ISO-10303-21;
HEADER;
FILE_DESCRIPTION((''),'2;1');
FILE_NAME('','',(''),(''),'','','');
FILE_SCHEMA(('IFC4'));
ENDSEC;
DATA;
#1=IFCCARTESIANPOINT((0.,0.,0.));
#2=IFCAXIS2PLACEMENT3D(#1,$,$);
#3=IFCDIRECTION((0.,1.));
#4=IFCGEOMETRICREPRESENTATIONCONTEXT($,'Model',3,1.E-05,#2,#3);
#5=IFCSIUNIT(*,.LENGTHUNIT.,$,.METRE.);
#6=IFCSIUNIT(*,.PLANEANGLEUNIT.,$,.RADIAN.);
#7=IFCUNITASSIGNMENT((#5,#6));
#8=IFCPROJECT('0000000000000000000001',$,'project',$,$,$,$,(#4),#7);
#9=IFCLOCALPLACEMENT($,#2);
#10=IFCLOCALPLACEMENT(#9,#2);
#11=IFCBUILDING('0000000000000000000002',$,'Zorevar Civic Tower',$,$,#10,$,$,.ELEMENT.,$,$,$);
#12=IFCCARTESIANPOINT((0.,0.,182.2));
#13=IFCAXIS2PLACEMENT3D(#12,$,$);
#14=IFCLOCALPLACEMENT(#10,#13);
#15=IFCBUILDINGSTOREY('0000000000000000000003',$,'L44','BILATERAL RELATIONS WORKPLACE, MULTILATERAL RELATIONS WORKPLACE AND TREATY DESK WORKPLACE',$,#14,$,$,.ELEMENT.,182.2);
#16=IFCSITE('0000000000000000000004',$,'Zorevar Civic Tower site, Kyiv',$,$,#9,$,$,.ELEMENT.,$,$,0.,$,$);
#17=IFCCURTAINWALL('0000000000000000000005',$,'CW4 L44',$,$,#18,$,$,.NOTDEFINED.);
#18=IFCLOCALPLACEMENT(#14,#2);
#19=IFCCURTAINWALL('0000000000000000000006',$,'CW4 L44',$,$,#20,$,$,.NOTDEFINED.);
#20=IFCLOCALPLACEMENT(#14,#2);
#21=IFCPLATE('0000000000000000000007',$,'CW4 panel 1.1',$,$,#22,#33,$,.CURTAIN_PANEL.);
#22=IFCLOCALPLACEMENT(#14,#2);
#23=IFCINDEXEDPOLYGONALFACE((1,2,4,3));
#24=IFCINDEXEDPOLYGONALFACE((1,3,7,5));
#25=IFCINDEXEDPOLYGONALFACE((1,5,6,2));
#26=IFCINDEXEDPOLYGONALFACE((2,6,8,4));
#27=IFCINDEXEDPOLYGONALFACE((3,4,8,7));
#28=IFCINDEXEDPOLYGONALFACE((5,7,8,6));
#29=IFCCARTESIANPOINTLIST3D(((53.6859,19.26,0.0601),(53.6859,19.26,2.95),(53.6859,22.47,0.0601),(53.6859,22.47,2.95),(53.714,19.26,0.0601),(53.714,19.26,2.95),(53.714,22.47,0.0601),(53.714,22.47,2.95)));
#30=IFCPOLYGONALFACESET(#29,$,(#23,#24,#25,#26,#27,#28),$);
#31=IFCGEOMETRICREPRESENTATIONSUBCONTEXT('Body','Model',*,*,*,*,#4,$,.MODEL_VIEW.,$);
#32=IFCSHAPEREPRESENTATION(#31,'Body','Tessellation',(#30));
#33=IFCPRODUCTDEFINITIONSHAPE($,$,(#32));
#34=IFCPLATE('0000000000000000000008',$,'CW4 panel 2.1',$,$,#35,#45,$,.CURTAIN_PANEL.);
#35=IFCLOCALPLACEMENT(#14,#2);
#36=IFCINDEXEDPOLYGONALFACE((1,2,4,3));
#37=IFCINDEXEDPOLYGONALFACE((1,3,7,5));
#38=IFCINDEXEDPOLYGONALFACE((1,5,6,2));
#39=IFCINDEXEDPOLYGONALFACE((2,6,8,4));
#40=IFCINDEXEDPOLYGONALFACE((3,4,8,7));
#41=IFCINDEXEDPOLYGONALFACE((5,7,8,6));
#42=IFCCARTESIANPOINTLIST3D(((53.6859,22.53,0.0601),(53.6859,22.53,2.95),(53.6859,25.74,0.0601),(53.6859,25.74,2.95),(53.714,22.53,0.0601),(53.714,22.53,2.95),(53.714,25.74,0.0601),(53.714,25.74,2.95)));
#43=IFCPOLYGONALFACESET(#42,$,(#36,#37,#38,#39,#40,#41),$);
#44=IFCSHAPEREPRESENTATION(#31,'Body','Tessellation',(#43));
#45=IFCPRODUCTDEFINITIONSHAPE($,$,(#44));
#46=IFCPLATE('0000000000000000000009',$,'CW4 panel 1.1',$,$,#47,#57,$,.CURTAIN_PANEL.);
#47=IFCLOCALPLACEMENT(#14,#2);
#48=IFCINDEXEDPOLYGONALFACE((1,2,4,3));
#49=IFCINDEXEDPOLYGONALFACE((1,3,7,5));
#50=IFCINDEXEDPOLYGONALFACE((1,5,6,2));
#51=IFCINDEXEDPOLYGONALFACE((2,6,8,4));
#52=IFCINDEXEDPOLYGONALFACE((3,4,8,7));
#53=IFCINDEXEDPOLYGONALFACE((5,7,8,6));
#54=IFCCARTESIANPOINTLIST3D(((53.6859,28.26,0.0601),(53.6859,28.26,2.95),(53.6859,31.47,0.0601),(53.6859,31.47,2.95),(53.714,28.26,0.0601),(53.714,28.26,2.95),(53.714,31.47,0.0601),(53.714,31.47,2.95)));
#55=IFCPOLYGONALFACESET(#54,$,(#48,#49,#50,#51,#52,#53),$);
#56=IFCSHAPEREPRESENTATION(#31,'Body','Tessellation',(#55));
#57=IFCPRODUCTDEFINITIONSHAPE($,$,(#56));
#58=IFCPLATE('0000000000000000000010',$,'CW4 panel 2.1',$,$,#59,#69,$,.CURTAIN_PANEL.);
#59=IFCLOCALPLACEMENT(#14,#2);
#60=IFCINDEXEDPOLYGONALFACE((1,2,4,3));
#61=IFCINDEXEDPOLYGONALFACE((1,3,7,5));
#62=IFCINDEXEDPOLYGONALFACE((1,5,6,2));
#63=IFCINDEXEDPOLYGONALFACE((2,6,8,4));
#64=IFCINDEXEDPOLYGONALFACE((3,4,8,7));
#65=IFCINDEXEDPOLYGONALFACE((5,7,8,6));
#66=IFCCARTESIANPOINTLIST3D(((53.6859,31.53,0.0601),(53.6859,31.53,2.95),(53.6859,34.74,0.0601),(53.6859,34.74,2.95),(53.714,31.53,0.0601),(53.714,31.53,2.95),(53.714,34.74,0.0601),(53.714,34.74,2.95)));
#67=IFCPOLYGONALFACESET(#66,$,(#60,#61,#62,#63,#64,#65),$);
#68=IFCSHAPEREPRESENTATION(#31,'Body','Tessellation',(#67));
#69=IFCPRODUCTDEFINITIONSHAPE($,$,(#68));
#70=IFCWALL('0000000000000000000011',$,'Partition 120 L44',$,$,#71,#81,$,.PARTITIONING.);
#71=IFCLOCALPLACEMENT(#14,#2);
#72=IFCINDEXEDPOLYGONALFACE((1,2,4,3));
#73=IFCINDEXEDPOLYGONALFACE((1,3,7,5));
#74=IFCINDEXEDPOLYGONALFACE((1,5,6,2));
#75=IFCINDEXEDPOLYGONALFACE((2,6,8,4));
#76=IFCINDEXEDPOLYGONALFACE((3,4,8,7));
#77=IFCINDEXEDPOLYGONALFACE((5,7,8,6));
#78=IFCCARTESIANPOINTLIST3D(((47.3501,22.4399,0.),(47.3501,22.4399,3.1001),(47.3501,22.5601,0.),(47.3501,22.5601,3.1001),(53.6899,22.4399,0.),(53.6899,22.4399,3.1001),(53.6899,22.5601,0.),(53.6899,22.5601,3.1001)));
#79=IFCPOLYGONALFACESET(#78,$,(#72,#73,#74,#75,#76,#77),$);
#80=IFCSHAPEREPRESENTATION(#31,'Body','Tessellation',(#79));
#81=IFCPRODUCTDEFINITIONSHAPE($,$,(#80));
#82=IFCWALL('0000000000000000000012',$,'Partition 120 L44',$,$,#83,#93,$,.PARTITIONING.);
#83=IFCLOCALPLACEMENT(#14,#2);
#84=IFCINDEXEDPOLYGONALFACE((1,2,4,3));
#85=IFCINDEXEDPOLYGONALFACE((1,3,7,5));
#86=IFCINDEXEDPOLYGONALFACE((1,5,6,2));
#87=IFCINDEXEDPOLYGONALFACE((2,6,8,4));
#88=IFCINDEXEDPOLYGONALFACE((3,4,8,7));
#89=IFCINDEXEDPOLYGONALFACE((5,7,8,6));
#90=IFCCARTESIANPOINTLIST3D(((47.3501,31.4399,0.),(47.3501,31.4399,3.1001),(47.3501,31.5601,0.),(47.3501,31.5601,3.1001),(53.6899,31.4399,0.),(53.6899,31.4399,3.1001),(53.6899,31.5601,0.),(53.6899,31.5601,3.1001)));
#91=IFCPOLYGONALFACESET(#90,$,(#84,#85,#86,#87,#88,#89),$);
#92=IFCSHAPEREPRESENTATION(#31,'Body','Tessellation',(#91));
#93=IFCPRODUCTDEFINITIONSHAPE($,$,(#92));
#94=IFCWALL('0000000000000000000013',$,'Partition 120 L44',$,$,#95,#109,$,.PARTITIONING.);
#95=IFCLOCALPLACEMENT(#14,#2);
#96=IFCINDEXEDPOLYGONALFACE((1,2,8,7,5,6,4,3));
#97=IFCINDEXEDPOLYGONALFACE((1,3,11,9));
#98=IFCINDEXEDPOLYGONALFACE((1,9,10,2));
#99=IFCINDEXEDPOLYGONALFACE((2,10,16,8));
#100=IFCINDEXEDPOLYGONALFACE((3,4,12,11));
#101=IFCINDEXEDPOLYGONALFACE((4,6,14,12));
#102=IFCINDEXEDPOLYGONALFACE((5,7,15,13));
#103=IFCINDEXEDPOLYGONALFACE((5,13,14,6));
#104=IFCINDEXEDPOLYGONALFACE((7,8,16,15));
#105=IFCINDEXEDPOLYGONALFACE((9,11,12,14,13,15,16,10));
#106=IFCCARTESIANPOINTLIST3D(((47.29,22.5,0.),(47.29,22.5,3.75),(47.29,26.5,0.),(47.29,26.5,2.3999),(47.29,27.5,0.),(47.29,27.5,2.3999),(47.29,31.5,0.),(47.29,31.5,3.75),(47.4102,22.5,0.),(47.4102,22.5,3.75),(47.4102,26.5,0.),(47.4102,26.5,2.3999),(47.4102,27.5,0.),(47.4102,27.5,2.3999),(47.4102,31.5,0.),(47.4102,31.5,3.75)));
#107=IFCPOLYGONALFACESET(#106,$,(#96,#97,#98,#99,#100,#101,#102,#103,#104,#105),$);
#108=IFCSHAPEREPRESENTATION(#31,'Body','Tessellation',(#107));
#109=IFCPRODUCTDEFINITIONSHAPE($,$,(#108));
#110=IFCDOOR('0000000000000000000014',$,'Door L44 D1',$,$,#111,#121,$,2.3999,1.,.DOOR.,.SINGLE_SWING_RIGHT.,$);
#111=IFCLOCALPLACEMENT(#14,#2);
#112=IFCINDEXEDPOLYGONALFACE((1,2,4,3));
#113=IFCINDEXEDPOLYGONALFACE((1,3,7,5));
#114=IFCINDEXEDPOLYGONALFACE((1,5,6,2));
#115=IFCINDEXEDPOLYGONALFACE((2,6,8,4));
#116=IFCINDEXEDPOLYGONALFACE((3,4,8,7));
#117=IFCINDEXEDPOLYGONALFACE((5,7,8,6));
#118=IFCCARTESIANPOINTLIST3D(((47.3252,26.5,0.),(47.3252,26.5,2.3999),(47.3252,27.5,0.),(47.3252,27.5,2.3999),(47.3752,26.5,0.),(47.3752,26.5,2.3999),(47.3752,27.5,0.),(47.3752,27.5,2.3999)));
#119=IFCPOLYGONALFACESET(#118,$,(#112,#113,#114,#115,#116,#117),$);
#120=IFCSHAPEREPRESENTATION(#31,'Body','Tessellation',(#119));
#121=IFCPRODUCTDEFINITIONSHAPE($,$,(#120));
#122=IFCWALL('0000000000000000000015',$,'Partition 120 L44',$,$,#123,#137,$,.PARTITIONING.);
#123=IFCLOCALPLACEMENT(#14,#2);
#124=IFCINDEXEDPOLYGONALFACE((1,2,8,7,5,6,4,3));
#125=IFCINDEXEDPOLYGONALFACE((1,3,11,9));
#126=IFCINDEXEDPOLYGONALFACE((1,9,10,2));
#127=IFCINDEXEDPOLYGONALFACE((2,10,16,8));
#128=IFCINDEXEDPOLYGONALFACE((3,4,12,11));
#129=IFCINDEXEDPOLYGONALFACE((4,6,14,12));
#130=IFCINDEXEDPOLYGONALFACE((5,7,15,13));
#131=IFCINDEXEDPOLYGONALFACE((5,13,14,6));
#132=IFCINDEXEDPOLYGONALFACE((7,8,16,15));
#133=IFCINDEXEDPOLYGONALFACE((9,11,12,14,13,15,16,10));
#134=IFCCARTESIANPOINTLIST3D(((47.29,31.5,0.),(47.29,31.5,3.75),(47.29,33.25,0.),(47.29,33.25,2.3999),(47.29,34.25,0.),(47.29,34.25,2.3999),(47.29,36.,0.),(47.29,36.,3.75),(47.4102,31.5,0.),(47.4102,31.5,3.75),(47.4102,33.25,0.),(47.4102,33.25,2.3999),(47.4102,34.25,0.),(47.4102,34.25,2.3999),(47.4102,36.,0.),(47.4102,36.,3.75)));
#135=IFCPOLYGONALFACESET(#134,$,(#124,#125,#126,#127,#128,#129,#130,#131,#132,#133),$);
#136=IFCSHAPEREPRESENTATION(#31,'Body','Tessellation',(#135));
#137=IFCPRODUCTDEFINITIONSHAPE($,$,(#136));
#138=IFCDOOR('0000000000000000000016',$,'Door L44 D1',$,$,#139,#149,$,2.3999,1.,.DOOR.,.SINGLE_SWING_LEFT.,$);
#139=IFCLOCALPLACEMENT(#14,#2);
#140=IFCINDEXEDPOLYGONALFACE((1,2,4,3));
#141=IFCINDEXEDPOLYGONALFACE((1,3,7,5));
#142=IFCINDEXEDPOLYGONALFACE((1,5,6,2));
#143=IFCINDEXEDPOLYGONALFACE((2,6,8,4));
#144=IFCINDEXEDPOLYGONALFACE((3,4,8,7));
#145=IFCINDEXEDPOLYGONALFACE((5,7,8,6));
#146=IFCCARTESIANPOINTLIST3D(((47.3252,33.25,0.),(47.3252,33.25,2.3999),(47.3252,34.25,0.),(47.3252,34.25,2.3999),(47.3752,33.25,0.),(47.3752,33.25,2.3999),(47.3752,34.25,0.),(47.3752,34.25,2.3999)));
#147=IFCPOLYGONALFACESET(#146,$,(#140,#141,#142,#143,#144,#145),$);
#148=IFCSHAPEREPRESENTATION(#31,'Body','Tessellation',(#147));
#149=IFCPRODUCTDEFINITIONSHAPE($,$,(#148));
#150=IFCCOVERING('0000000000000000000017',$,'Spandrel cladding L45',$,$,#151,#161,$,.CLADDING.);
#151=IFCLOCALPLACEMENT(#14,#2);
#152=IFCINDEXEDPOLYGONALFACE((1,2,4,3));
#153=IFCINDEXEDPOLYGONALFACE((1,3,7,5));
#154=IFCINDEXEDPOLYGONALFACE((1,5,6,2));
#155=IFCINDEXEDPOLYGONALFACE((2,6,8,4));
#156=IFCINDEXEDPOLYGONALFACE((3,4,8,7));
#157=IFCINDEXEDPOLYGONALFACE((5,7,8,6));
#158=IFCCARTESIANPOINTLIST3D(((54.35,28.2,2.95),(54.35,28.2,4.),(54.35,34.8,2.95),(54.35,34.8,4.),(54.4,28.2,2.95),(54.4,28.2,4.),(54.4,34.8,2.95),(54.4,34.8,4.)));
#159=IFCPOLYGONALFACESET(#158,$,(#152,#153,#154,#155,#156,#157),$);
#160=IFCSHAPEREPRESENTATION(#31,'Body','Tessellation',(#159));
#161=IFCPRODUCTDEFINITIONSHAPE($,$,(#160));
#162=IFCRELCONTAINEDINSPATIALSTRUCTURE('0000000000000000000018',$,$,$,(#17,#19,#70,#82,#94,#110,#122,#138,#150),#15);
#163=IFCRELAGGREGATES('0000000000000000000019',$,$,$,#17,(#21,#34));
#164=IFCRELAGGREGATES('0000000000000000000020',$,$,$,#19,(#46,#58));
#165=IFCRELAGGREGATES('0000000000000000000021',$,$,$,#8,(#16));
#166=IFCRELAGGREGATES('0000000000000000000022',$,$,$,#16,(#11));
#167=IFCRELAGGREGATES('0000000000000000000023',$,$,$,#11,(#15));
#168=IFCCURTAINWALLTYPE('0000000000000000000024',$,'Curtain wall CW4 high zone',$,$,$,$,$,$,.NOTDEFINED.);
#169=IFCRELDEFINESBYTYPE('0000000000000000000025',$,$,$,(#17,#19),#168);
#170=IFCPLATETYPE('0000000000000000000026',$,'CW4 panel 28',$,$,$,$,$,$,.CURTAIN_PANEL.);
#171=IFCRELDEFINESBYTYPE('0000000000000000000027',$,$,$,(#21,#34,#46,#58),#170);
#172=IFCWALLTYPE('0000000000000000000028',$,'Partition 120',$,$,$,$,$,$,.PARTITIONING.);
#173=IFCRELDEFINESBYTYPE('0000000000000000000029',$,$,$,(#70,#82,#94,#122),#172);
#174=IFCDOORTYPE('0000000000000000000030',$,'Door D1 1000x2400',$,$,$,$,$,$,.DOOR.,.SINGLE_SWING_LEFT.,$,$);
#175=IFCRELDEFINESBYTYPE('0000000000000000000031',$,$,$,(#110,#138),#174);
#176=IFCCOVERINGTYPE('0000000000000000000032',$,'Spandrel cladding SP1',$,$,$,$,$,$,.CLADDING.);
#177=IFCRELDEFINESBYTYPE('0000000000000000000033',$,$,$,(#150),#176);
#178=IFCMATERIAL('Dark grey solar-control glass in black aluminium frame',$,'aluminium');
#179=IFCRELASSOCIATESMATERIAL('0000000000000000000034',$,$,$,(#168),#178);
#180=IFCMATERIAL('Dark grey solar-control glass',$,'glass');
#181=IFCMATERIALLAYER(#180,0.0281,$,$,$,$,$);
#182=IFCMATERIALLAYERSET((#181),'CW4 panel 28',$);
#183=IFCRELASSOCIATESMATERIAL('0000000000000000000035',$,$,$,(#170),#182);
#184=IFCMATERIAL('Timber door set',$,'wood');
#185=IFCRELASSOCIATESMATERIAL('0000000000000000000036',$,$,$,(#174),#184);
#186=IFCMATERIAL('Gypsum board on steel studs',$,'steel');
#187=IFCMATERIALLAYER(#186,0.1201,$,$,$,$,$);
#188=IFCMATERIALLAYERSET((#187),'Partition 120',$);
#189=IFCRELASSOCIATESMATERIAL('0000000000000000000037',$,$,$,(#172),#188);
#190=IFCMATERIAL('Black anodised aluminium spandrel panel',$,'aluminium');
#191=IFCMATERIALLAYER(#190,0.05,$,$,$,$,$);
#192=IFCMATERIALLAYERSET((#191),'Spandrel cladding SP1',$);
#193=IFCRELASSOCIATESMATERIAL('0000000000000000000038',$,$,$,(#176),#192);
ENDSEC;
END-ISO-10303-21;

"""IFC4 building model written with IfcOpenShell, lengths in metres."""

from ifc_helpers import new_model, si_unit, direction, frame, frame_2d, origin, origin_2d, place, context, subcontext, project, spatial, rectangle, extrude, material, layer, layer_set, type_object, element, fill, aggregate, save


model = new_model("IFC4")

# Units and contexts
model_context = context("Model", 3, precision=1e-05, world=origin(), true_north=direction((0.0, 1.0)))
body_context = subcontext(model_context, "Body", "Model", "MODEL_VIEW")
ifc_project = project(units=[si_unit("LENGTHUNIT", "METRE"), si_unit("PLANEANGLEUNIT", "RADIAN")], contexts=[model_context])

# Site, building, storey
site_placement = place(None, origin())
site = spatial("IfcSite", under=ifc_project, at=site_placement, Name="Zorevar Civic Tower site, Kyiv", CompositionType="ELEMENT", RefElevation=0.0)
building_placement = place(site_placement, origin())
building = spatial("IfcBuilding", under=site, at=building_placement, Name="Zorevar Civic Tower", CompositionType="ELEMENT")
storey_placement = place(building_placement, frame((0.0, 0.0, 182.2)))
storey = spatial("IfcBuildingStorey", under=building, at=storey_placement, Name="L44", Description="BILATERAL RELATIONS WORKPLACE, MULTILATERAL RELATIONS WORKPLACE AND TREATY DESK WORKPLACE", CompositionType="ELEMENT", Elevation=182.2)

# Curtain walls
ifc_material_1 = material(Name="Dark grey solar-control glass in black aluminium frame", Category="aluminium")
curtain_wall_type = type_object("IfcCurtainWallType", Name="Curtain wall CW4 high zone", PredefinedType="NOTDEFINED", material=ifc_material_1)
curtain_wall_1_placement = place(storey_placement, origin())
curtain_wall_1 = element("IfcCurtainWall", 1, at=curtain_wall_1_placement, inside=storey, type_object=curtain_wall_type, Name="CW4 L44", PredefinedType="NOTDEFINED")
curtain_wall_2_placement = place(storey_placement, origin())
curtain_wall_2 = element("IfcCurtainWall", 2, at=curtain_wall_2_placement, inside=storey, type_object=curtain_wall_type, Name="CW4 L44", PredefinedType="NOTDEFINED")

# Plates
ifc_material_2 = material(Name="Dark grey solar-control glass", Category="glass")
ifc_layer_1 = layer(ifc_material_2, 0.0281)
ifc_layer_set_1 = layer_set([ifc_layer_1], Name="CW4 panel 28")
plate_type = type_object("IfcPlateType", Name="CW4 panel 28", PredefinedType="CURTAIN_PANEL", material=ifc_layer_set_1)
plate_1_placement = place(storey_placement, frame((53.7, 20.865, 0.0601), z_axis=(0.0, 0.0, 1.0), x_axis=(0.0, 1.0, 0.0)))
plate_1 = element("IfcPlate", 3, at=plate_1_placement, type_object=plate_type, Name="CW4 panel 1.1", PredefinedType="CURTAIN_PANEL", context=body_context, shape_type="SweptSolid", body=[
    extrude(rectangle(XDim=3.21, YDim=0.0281, at=origin_2d()), origin(), (0.0, 0.0, 1.0), 2.8899),
])
plate_2_placement = place(storey_placement, frame((53.7, 24.135, 0.0601), z_axis=(0.0, 0.0, 1.0), x_axis=(0.0, 1.0, 0.0)))
plate_2 = element("IfcPlate", 4, at=plate_2_placement, type_object=plate_type, Name="CW4 panel 2.1", PredefinedType="CURTAIN_PANEL", context=body_context, shape_type="SweptSolid", body=[
    extrude(rectangle(XDim=3.21, YDim=0.0281, at=origin_2d()), origin(), (0.0, 0.0, 1.0), 2.8899),
])
aggregate(curtain_wall_1, [plate_1, plate_2])
plate_3_placement = place(storey_placement, frame((53.7, 29.865, 0.0601), z_axis=(0.0, 0.0, 1.0), x_axis=(0.0, 1.0, 0.0)))
plate_3 = element("IfcPlate", 5, at=plate_3_placement, type_object=plate_type, Name="CW4 panel 1.1", PredefinedType="CURTAIN_PANEL", context=body_context, shape_type="SweptSolid", body=[
    extrude(rectangle(XDim=3.21, YDim=0.0281, at=origin_2d()), origin(), (0.0, 0.0, 1.0), 2.8899),
])
plate_4_placement = place(storey_placement, frame((53.7, 33.135, 0.0601), z_axis=(0.0, 0.0, 1.0), x_axis=(0.0, 1.0, 0.0)))
plate_4 = element("IfcPlate", 6, at=plate_4_placement, type_object=plate_type, Name="CW4 panel 2.1", PredefinedType="CURTAIN_PANEL", context=body_context, shape_type="SweptSolid", body=[
    extrude(rectangle(XDim=3.21, YDim=0.0281, at=origin_2d()), origin(), (0.0, 0.0, 1.0), 2.8899),
])
aggregate(curtain_wall_2, [plate_3, plate_4])

# Shared definitions
ifc_material_3 = material(Name="Timber door set", Category="wood")
door_type_1 = type_object("IfcDoorType", Name="Door D1 1000x2400", OperationType="SINGLE_SWING_LEFT", PredefinedType="DOOR", material=ifc_material_3)

# Walls
ifc_material_4 = material(Name="Gypsum board on steel studs", Category="steel")
ifc_layer_2 = layer(ifc_material_4, 0.1201)
ifc_layer_set_2 = layer_set([ifc_layer_2], Name="Partition 120")
wall_type_1 = type_object("IfcWallType", Name="Partition 120", PredefinedType="PARTITIONING", material=ifc_layer_set_2)
for number, where, z_axis, x_axis, name in (
    (7, (47.3501, 22.5, 0.0), (0.0, 0.0, 1.0), (1.0, 0.0, 0.0), "Partition 120 L44"),
    (8, (47.3501, 31.5, 0.0), (0.0, 0.0, 1.0), (1.0, 0.0, 0.0), "Partition 120 L44"),
):
    element("IfcWall", number, at=place(storey_placement, frame(where, z_axis=z_axis, x_axis=x_axis)), inside=storey, type_object=wall_type_1, Name=name, PredefinedType="PARTITIONING", context=body_context, shape_type="SweptSolid", body=[
        extrude(rectangle(XDim=6.3398, YDim=0.1201, at=frame_2d((3.1699, 0.0))), origin(), (0.0, 0.0, 1.0), 3.1001),
    ])

# Walls, openings, doors
wall_1_placement = place(storey_placement, frame((47.3501, 22.5, 0.0), z_axis=(0.0, 0.0, 1.0), x_axis=(0.0, 1.0, 0.0)))
wall_1 = element("IfcWall", 9, at=wall_1_placement, inside=storey, type_object=wall_type_1, Name="Partition 120 L44", PredefinedType="PARTITIONING", context=body_context, shape_type="SweptSolid", body=[
    extrude(rectangle(XDim=9.0, YDim=0.1201, at=frame_2d((4.5, 0.0))), origin(), (0.0, 0.0, 1.0), 3.75),
])
opening_1_placement = place(wall_1_placement, frame((4.0, 0.0, 0.0)))
opening_1 = element("IfcOpeningElement", 10, at=opening_1_placement, cuts=wall_1, PredefinedType="OPENING", context=body_context, shape_type="SweptSolid", body=[
    extrude(rectangle(XDim=1.0, YDim=2.3999, at=frame_2d((0.5, 1.2))), frame((0.0, 0.0701, 0.0), z_axis=(0.0, -1.0, 0.0), x_axis=(1.0, 0.0, 0.0)), (0.0, 0.0, 1.0), 0.1401),
])
door_1_placement = place(opening_1_placement, origin())
door_1 = element("IfcDoor", 11, at=door_1_placement, inside=storey, type_object=door_type_1, Name="Door L44 D1", OperationType="SINGLE_SWING_RIGHT", OverallHeight=2.3999, OverallWidth=1.0, PredefinedType="DOOR", context=body_context, shape_type="SweptSolid", body=[
    extrude(rectangle(XDim=1.0, YDim=2.3999, at=frame_2d((0.5, 1.2))), frame((0.0, 0.0249, 0.0), z_axis=(0.0, -1.0, 0.0), x_axis=(1.0, 0.0, 0.0)), (0.0, 0.0, 1.0), 0.05),
])
fill(opening_1, door_1)
wall_2_placement = place(storey_placement, frame((47.3501, 31.5, 0.0), z_axis=(0.0, 0.0, 1.0), x_axis=(0.0, 1.0, 0.0)))
wall_2 = element("IfcWall", 12, at=wall_2_placement, inside=storey, type_object=wall_type_1, Name="Partition 120 L44", PredefinedType="PARTITIONING", context=body_context, shape_type="SweptSolid", body=[
    extrude(rectangle(XDim=4.5, YDim=0.1201, at=frame_2d((2.25, 0.0))), origin(), (0.0, 0.0, 1.0), 3.75),
])
opening_2_placement = place(wall_2_placement, frame((1.75, 0.0, 0.0)))
opening_2 = element("IfcOpeningElement", 13, at=opening_2_placement, cuts=wall_2, PredefinedType="OPENING", context=body_context, shape_type="SweptSolid", body=[
    extrude(rectangle(XDim=1.0, YDim=2.3999, at=frame_2d((0.5, 1.2))), frame((0.0, 0.0701, 0.0), z_axis=(0.0, -1.0, 0.0), x_axis=(1.0, 0.0, 0.0)), (0.0, 0.0, 1.0), 0.1401),
])
door_2_placement = place(opening_2_placement, origin())
door_2 = element("IfcDoor", 14, at=door_2_placement, inside=storey, type_object=door_type_1, Name="Door L44 D1", OperationType="SINGLE_SWING_LEFT", OverallHeight=2.3999, OverallWidth=1.0, PredefinedType="DOOR", context=body_context, shape_type="SweptSolid", body=[
    extrude(rectangle(XDim=1.0, YDim=2.3999, at=frame_2d((0.5, 1.2))), frame((0.0, 0.0249, 0.0), z_axis=(0.0, -1.0, 0.0), x_axis=(1.0, 0.0, 0.0)), (0.0, 0.0, 1.0), 0.05),
])
fill(opening_2, door_2)

# Covering
ifc_material_5 = material(Name="Black anodised aluminium spandrel panel", Category="aluminium")
ifc_layer_3 = layer(ifc_material_5, 0.05)
ifc_layer_set_3 = layer_set([ifc_layer_3], Name="Spandrel cladding SP1")
covering_type = type_object("IfcCoveringType", Name="Spandrel cladding SP1", PredefinedType="CLADDING", material=ifc_layer_set_3)
covering_placement = place(storey_placement, frame((54.375, 28.2, 2.95), z_axis=(0.0, 0.0, 1.0), x_axis=(0.0, 1.0, 0.0)))
element("IfcCovering", 15, at=covering_placement, inside=storey, type_object=covering_type, Name="Spandrel cladding L45", PredefinedType="CLADDING", context=body_context, shape_type="SweptSolid", body=[
    extrude(rectangle(XDim=6.6001, YDim=0.05, at=frame_2d((3.3, 0.0))), origin(), (0.0, 0.0, 1.0), 1.05),
])

save(model, "model.ifc")
